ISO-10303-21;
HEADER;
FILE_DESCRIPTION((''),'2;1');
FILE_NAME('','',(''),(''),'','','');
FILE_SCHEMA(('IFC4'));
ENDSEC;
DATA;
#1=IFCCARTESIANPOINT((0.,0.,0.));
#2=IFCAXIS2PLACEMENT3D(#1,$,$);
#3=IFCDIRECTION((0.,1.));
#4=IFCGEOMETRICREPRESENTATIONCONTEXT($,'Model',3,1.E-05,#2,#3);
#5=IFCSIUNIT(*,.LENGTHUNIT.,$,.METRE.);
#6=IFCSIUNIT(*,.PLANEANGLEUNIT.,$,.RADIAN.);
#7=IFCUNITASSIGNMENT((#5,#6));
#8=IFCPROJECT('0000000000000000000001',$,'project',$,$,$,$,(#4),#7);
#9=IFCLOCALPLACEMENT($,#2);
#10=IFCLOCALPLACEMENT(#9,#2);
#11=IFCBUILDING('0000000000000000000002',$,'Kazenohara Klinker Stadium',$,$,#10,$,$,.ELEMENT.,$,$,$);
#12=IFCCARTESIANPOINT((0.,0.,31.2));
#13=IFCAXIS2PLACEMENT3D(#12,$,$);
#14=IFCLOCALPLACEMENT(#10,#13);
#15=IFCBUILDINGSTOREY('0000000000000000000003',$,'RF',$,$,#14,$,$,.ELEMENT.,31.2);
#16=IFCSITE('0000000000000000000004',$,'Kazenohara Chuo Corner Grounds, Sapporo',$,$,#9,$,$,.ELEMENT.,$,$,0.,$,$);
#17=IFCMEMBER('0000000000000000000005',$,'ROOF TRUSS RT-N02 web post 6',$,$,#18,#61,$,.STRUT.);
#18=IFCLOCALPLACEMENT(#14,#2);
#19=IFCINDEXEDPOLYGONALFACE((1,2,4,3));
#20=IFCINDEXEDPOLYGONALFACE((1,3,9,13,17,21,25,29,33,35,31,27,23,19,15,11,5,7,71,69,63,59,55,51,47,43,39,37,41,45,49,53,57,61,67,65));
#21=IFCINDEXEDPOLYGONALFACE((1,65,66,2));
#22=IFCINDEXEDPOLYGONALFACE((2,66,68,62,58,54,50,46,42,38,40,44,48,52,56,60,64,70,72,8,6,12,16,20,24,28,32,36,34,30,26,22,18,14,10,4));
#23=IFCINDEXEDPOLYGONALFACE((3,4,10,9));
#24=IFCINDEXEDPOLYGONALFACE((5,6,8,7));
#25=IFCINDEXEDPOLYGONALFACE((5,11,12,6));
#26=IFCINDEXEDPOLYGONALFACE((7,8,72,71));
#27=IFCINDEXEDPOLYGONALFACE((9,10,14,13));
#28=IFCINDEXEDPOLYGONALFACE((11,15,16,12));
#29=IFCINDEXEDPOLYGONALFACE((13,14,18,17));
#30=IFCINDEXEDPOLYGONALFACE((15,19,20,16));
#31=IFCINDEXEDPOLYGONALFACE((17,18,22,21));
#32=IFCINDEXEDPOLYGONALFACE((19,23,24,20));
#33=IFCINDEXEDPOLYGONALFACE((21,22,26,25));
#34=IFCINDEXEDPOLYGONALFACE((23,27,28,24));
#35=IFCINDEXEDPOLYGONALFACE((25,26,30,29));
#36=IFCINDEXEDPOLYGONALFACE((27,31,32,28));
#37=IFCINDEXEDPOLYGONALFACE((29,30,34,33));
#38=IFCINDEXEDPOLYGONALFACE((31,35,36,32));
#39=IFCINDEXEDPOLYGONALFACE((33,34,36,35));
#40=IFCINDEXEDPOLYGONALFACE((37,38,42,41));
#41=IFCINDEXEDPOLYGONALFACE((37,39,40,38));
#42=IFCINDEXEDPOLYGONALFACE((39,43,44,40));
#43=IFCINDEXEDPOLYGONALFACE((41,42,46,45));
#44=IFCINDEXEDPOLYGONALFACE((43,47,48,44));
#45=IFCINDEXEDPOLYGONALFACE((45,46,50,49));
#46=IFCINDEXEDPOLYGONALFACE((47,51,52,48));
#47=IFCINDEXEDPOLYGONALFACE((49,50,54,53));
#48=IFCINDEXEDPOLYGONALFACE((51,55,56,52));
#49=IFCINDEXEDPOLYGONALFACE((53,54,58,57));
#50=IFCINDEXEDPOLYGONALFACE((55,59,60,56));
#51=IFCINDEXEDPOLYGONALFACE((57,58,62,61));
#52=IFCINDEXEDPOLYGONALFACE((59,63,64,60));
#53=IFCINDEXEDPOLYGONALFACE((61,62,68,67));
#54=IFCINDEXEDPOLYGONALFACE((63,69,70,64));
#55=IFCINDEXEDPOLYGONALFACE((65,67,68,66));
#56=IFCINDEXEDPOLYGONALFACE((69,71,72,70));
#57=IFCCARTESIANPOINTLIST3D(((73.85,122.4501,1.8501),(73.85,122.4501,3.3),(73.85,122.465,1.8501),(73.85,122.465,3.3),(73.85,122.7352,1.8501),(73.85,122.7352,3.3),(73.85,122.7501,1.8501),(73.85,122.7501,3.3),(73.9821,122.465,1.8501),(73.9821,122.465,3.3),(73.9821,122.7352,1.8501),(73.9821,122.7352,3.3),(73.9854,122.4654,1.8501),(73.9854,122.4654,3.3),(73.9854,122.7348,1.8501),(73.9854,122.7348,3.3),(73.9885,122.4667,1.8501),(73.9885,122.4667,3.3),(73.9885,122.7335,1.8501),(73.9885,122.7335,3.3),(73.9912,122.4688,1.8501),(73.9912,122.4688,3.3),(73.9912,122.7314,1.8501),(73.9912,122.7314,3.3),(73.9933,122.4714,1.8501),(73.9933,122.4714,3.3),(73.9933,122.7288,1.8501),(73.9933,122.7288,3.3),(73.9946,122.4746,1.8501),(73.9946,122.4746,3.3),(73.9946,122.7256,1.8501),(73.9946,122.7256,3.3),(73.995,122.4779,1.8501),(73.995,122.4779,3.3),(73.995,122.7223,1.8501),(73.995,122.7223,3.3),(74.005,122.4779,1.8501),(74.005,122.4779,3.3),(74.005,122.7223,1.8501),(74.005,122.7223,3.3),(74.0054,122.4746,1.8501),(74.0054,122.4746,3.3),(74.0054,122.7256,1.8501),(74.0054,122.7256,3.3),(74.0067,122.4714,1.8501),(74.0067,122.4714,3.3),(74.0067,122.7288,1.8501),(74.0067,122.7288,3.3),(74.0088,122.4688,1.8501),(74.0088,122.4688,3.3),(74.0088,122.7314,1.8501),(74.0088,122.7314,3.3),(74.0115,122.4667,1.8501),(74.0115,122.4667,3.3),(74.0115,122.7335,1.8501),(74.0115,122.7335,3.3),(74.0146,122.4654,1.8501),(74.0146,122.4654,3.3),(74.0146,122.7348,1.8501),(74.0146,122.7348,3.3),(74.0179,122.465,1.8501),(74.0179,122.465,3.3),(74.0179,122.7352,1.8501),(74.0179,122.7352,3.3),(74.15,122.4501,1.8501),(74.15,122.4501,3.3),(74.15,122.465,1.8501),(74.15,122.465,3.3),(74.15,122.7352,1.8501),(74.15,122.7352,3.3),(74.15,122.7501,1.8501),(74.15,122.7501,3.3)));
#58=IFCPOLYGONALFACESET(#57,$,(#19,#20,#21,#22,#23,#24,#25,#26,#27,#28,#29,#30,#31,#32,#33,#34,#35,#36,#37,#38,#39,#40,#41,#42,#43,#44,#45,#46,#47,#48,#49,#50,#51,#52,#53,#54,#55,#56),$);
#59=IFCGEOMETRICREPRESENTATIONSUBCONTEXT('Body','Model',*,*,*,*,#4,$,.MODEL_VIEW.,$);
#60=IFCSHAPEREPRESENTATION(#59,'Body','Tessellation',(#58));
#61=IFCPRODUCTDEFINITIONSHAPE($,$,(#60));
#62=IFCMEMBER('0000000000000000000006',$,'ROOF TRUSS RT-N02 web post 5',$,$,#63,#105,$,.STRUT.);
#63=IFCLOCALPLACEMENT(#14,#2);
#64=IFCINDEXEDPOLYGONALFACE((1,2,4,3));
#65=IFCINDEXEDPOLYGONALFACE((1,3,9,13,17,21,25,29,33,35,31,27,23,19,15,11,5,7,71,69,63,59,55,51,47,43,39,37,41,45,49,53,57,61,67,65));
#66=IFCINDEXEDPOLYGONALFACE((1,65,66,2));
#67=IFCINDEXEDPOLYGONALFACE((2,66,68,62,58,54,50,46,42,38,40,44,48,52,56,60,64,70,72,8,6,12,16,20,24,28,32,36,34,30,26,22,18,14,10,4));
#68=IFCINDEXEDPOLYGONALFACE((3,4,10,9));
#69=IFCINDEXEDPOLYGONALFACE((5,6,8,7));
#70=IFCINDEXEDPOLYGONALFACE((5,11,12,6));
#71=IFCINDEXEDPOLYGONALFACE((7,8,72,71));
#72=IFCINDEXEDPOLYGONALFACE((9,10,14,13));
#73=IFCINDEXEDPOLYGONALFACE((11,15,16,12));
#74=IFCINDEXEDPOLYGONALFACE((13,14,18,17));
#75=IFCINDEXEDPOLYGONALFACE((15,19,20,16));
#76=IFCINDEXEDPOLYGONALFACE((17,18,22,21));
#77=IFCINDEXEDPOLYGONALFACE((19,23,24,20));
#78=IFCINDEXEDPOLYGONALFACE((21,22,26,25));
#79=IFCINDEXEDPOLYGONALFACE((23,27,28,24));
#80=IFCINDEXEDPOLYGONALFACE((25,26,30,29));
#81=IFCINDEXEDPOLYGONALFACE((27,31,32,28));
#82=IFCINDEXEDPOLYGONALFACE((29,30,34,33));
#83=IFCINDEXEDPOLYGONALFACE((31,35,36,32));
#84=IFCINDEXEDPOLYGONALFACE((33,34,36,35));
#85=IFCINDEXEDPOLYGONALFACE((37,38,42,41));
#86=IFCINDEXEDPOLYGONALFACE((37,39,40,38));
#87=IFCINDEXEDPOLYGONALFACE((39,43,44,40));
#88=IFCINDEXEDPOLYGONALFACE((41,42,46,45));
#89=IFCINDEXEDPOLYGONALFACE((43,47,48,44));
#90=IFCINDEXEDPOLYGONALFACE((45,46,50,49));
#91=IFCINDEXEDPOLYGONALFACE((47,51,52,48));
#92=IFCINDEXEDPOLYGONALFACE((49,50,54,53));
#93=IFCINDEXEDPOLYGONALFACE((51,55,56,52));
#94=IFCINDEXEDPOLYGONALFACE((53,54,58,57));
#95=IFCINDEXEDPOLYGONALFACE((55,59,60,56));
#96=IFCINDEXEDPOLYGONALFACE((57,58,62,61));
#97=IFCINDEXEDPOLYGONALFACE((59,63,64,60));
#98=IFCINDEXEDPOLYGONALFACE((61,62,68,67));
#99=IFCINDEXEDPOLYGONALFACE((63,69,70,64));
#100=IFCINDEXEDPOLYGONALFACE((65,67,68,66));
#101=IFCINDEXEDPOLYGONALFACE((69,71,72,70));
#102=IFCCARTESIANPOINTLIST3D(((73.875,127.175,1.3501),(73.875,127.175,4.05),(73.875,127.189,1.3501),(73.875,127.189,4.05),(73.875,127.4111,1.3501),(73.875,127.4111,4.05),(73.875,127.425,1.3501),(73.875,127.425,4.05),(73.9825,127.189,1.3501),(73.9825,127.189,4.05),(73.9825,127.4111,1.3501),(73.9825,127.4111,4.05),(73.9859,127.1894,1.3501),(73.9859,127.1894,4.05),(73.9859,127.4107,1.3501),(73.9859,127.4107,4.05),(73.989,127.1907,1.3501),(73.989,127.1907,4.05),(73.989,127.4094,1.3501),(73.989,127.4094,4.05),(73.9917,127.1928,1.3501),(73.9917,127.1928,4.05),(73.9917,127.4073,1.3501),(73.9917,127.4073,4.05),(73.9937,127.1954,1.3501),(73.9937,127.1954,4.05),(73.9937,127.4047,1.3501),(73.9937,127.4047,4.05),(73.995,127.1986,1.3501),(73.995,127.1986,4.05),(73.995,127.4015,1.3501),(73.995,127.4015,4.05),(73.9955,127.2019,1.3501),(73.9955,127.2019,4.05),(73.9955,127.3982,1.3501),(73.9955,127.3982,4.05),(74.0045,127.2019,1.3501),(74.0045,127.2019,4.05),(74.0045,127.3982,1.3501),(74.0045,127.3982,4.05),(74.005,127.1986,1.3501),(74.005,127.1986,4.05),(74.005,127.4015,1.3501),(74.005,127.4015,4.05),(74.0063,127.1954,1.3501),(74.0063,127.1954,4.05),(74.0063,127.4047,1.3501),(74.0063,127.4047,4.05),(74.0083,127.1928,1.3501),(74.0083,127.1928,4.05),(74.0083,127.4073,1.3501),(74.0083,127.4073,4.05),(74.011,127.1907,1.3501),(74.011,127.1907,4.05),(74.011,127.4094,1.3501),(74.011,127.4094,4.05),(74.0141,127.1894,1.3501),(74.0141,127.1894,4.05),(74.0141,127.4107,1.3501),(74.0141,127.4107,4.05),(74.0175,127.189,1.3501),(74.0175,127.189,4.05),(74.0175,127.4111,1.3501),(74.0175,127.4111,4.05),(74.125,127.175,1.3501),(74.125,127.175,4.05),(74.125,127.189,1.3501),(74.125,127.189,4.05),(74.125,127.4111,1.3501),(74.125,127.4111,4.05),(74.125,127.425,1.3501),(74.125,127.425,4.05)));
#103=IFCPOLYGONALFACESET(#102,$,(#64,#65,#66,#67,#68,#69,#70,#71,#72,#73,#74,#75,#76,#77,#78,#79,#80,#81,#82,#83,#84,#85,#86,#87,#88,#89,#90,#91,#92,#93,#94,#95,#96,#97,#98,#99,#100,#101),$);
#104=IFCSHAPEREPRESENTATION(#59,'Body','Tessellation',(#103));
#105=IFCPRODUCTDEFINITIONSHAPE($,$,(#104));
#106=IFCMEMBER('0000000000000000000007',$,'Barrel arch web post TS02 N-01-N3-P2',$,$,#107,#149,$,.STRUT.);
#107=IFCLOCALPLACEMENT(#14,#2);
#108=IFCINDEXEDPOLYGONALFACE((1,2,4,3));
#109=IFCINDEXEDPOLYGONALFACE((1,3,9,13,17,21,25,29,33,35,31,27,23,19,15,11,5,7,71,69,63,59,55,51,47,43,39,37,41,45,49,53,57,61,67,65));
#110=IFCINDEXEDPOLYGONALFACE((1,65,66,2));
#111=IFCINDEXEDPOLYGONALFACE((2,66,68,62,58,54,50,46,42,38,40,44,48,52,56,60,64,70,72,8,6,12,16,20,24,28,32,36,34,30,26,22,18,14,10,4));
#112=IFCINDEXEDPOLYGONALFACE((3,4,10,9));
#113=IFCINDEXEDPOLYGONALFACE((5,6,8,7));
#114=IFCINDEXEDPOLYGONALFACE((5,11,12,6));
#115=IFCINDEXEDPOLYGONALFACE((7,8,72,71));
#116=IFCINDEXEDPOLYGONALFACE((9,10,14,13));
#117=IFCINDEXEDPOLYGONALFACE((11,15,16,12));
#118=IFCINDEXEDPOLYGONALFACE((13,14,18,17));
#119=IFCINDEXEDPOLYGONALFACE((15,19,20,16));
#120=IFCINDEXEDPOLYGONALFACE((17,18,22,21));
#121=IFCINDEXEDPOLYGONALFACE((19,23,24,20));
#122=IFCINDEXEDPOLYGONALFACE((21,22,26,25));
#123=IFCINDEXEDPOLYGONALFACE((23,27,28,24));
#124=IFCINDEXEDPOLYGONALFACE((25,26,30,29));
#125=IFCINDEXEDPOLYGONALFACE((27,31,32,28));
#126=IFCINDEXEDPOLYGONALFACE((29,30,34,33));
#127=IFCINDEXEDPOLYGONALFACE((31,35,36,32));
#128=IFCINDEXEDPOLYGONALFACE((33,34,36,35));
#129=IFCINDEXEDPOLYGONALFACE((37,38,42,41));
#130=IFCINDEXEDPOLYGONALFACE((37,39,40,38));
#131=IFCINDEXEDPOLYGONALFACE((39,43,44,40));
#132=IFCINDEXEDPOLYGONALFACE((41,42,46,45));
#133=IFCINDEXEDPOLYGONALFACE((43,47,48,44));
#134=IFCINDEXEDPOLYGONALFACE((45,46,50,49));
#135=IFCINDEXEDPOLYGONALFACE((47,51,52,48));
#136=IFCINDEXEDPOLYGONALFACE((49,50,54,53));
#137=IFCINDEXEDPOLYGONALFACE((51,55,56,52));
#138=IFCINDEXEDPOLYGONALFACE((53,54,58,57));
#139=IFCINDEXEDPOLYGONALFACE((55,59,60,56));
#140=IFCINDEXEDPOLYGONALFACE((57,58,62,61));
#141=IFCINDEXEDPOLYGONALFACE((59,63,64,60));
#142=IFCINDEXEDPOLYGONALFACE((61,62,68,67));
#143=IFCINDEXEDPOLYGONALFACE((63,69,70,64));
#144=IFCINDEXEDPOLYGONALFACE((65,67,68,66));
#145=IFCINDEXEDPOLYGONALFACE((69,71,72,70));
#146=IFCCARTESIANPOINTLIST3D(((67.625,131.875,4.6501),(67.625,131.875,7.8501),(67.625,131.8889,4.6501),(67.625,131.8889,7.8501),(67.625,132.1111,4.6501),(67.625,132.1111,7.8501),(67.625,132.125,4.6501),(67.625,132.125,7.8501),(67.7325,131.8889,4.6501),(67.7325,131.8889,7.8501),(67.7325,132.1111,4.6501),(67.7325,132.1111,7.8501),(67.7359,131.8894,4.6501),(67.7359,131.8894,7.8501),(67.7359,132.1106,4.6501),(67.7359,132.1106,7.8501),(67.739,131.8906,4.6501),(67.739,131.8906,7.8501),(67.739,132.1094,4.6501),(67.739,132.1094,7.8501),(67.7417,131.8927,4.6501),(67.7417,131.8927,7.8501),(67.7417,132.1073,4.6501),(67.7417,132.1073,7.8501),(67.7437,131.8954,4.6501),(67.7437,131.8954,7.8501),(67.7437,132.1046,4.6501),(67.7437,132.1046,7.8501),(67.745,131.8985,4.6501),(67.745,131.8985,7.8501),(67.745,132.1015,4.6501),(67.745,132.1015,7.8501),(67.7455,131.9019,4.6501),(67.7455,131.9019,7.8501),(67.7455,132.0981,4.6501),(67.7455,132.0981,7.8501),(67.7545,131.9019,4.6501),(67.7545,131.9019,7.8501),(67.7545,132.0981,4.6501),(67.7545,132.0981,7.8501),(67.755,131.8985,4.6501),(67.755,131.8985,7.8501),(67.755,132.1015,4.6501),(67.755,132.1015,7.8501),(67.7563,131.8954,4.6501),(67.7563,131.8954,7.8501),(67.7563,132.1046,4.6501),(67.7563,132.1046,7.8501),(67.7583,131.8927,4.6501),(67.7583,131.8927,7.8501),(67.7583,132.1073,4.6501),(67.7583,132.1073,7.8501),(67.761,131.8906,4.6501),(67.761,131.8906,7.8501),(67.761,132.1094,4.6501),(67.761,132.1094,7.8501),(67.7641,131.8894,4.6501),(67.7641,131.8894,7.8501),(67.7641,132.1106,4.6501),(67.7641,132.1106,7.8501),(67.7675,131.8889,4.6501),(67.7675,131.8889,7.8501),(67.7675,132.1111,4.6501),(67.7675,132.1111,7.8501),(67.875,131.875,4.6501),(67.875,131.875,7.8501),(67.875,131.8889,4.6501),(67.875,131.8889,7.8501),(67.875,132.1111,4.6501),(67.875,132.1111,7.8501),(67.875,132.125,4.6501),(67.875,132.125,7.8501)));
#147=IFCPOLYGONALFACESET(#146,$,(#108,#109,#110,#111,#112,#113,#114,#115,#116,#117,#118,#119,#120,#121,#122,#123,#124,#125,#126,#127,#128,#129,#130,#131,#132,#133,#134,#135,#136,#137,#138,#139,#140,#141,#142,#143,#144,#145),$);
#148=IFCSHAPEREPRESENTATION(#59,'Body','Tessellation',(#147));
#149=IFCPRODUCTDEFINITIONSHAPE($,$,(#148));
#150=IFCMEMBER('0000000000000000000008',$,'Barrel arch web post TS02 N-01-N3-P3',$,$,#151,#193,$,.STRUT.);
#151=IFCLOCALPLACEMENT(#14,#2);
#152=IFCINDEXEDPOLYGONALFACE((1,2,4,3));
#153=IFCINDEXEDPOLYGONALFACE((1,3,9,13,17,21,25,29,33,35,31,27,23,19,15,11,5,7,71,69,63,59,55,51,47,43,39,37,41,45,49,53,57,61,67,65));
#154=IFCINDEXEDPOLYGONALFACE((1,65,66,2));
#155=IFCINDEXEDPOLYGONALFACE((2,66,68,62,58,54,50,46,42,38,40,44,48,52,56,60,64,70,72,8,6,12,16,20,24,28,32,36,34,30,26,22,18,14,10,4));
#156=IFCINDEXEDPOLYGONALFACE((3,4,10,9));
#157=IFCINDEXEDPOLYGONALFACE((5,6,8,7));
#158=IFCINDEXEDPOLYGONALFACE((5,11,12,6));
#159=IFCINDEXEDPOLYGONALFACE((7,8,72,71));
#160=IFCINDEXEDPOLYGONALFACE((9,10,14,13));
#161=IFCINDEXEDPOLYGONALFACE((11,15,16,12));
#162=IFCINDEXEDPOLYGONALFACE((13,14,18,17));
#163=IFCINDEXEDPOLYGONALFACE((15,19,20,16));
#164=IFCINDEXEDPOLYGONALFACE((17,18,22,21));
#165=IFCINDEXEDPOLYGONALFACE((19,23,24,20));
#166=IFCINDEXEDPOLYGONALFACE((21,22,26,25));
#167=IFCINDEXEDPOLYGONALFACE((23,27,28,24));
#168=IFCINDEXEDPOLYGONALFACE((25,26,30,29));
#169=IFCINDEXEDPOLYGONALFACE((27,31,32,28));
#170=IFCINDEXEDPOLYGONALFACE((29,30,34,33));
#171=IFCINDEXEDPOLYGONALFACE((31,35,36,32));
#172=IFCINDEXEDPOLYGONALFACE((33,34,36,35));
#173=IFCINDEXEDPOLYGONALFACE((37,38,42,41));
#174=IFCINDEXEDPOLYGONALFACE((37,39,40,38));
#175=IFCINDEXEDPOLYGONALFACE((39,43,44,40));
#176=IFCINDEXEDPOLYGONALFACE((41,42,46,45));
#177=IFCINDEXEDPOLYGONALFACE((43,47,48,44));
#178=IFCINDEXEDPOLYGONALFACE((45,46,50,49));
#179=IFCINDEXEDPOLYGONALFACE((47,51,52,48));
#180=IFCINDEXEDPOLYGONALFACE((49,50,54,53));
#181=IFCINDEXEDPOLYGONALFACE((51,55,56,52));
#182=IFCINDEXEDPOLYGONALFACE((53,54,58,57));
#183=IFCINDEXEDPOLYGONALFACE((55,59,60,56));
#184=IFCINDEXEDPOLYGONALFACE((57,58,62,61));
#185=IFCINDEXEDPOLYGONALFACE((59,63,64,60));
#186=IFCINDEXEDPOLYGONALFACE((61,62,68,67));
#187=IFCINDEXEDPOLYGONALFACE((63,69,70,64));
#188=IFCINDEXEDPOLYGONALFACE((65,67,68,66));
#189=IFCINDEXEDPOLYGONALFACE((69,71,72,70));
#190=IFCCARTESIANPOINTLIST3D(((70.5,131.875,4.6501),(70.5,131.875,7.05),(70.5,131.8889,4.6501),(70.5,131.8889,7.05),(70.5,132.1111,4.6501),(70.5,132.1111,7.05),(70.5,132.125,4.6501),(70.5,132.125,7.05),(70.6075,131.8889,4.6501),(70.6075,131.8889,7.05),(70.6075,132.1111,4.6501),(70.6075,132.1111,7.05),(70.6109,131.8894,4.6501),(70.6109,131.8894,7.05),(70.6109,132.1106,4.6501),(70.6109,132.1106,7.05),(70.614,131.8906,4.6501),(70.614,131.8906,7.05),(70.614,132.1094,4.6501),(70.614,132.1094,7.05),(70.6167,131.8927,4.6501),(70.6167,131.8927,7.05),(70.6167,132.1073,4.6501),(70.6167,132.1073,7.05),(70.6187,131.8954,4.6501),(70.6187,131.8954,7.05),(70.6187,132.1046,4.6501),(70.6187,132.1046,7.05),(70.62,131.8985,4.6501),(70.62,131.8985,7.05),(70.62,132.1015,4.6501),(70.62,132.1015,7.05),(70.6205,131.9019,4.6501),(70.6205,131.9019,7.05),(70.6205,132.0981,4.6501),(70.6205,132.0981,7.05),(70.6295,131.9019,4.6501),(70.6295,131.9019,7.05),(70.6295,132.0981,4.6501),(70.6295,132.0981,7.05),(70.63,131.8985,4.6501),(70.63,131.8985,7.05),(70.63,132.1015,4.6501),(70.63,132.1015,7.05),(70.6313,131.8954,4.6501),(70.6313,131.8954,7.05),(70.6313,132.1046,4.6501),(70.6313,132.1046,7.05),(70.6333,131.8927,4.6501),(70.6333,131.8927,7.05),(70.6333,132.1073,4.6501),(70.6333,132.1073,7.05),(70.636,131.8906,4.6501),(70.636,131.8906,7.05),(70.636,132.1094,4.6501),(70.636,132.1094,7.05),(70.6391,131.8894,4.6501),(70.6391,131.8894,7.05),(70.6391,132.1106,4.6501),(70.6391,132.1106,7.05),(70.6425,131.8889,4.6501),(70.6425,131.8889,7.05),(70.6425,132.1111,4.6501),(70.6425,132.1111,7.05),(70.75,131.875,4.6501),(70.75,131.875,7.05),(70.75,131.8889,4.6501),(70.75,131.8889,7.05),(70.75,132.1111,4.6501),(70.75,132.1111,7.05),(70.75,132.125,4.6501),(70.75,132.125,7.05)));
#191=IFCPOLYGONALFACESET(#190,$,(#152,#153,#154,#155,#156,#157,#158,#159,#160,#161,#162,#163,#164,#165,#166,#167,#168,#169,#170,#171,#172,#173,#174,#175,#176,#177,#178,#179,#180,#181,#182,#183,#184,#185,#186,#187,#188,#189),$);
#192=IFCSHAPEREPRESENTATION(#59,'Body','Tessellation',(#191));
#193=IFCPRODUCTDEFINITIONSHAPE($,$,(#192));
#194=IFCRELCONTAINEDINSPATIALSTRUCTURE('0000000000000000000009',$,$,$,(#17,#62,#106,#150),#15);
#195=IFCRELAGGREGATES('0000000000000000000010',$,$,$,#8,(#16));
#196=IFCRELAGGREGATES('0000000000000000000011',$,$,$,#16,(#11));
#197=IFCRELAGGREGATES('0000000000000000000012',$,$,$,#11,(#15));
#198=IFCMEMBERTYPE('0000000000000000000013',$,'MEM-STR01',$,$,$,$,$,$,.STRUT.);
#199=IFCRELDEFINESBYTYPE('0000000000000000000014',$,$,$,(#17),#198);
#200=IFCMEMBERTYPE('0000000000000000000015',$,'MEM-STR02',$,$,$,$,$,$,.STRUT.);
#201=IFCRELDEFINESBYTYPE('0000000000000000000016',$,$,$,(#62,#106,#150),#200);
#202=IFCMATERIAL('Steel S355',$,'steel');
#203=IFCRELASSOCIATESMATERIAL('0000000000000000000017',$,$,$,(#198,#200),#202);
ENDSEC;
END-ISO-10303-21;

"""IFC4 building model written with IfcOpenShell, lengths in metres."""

from ifc_helpers import new_model, si_unit, direction, frame, origin, origin_2d, place, context, subcontext, project, spatial, i_section, extrude, material, material_profile, profile_set, type_object, element, save


model = new_model("IFC4")

# Units and contexts
model_context = context("Model", 3, precision=1e-05, world=origin(), true_north=direction((0.0, 1.0)))
body_context = subcontext(model_context, "Body", "Model", "MODEL_VIEW")
ifc_project = project(units=[si_unit("LENGTHUNIT", "METRE"), si_unit("PLANEANGLEUNIT", "RADIAN")], contexts=[model_context])

# Site, building, storey
site_placement = place(None, origin())
site = spatial("IfcSite", under=ifc_project, at=site_placement, Name="Kazenohara Chuo Corner Grounds, Sapporo", CompositionType="ELEMENT", RefElevation=0.0)
building_placement = place(site_placement, origin())
building = spatial("IfcBuilding", under=site, at=building_placement, Name="Kazenohara Klinker Stadium", CompositionType="ELEMENT")
storey_placement = place(building_placement, frame((0.0, 0.0, 31.2)))
storey = spatial("IfcBuildingStorey", under=building, at=storey_placement, Name="RF", CompositionType="ELEMENT", Elevation=31.2)

# Members
ifc_material_1 = material(Name="Steel S355", Category="steel")
ifc_material_profile_1 = material_profile(ifc_material_1, i_section(OverallWidth=0.3, OverallDepth=0.3, WebThickness=0.01, FlangeThickness=0.0149, FilletRadius=0.0129, at=origin_2d()), Name="H-300x300x10x15")
ifc_profile_set_1 = profile_set([ifc_material_profile_1], Name="Steel S355")
member_type_1 = type_object("IfcMemberType", Name="MEM-STR01", PredefinedType="STRUT", material=ifc_profile_set_1)
member_1_placement = place(storey_placement, frame((74.0, 122.6001, 1.8501), z_axis=(0.0, 0.0, 1.0), x_axis=(1.0, 0.0, 0.0)))
element("IfcMember", 1, at=member_1_placement, inside=storey, type_object=member_type_1, Name="ROOF TRUSS RT-N02 web post 6", PredefinedType="STRUT", context=body_context, shape_type="SweptSolid", body=[
    extrude(i_section(OverallWidth=0.3, OverallDepth=0.3, WebThickness=0.01, FlangeThickness=0.0149, FilletRadius=0.0129, at=origin_2d()), origin(), (0.0, 0.0, 1.0), 1.45),
])
ifc_material_profile_2 = material_profile(ifc_material_1, i_section(OverallWidth=0.25, OverallDepth=0.25, WebThickness=0.009, FlangeThickness=0.0139, FilletRadius=0.0129, at=origin_2d()), Name="H-250x250x9x14")
ifc_profile_set_2 = profile_set([ifc_material_profile_2], Name="Steel S355")
member_type_2 = type_object("IfcMemberType", Name="MEM-STR02", PredefinedType="STRUT", material=ifc_profile_set_2)
member_2_placement = place(storey_placement, frame((74.0, 127.3, 1.3501), z_axis=(0.0, 0.0, 1.0), x_axis=(1.0, 0.0, 0.0)))
element("IfcMember", 2, at=member_2_placement, inside=storey, type_object=member_type_2, Name="ROOF TRUSS RT-N02 web post 5", PredefinedType="STRUT", context=body_context, shape_type="SweptSolid", body=[
    extrude(i_section(OverallWidth=0.25, OverallDepth=0.25, WebThickness=0.009, FlangeThickness=0.0139, FilletRadius=0.0129, at=origin_2d()), origin(), (0.0, 0.0, 1.0), 2.7),
])
member_3_placement = place(storey_placement, frame((67.75, 132.0, 4.6501), z_axis=(0.0, 0.0, 1.0), x_axis=(1.0, 0.0, 0.0)))
element("IfcMember", 3, at=member_3_placement, inside=storey, type_object=member_type_2, Name="Barrel arch web post TS02 N-01-N3-P2", PredefinedType="STRUT", context=body_context, shape_type="SweptSolid", body=[
    extrude(i_section(OverallWidth=0.25, OverallDepth=0.25, WebThickness=0.009, FlangeThickness=0.0139, FilletRadius=0.0129, at=origin_2d()), origin(), (0.0, 0.0, 1.0), 3.2),
])
member_4_placement = place(storey_placement, frame((70.625, 132.0, 4.6501), z_axis=(0.0, 0.0, 1.0), x_axis=(1.0, 0.0, 0.0)))
element("IfcMember", 4, at=member_4_placement, inside=storey, type_object=member_type_2, Name="Barrel arch web post TS02 N-01-N3-P3", PredefinedType="STRUT", context=body_context, shape_type="SweptSolid", body=[
    extrude(i_section(OverallWidth=0.25, OverallDepth=0.25, WebThickness=0.009, FlangeThickness=0.0139, FilletRadius=0.0129, at=origin_2d()), origin(), (0.0, 0.0, 1.0), 2.3999),
])

save(model, "model.ifc")
